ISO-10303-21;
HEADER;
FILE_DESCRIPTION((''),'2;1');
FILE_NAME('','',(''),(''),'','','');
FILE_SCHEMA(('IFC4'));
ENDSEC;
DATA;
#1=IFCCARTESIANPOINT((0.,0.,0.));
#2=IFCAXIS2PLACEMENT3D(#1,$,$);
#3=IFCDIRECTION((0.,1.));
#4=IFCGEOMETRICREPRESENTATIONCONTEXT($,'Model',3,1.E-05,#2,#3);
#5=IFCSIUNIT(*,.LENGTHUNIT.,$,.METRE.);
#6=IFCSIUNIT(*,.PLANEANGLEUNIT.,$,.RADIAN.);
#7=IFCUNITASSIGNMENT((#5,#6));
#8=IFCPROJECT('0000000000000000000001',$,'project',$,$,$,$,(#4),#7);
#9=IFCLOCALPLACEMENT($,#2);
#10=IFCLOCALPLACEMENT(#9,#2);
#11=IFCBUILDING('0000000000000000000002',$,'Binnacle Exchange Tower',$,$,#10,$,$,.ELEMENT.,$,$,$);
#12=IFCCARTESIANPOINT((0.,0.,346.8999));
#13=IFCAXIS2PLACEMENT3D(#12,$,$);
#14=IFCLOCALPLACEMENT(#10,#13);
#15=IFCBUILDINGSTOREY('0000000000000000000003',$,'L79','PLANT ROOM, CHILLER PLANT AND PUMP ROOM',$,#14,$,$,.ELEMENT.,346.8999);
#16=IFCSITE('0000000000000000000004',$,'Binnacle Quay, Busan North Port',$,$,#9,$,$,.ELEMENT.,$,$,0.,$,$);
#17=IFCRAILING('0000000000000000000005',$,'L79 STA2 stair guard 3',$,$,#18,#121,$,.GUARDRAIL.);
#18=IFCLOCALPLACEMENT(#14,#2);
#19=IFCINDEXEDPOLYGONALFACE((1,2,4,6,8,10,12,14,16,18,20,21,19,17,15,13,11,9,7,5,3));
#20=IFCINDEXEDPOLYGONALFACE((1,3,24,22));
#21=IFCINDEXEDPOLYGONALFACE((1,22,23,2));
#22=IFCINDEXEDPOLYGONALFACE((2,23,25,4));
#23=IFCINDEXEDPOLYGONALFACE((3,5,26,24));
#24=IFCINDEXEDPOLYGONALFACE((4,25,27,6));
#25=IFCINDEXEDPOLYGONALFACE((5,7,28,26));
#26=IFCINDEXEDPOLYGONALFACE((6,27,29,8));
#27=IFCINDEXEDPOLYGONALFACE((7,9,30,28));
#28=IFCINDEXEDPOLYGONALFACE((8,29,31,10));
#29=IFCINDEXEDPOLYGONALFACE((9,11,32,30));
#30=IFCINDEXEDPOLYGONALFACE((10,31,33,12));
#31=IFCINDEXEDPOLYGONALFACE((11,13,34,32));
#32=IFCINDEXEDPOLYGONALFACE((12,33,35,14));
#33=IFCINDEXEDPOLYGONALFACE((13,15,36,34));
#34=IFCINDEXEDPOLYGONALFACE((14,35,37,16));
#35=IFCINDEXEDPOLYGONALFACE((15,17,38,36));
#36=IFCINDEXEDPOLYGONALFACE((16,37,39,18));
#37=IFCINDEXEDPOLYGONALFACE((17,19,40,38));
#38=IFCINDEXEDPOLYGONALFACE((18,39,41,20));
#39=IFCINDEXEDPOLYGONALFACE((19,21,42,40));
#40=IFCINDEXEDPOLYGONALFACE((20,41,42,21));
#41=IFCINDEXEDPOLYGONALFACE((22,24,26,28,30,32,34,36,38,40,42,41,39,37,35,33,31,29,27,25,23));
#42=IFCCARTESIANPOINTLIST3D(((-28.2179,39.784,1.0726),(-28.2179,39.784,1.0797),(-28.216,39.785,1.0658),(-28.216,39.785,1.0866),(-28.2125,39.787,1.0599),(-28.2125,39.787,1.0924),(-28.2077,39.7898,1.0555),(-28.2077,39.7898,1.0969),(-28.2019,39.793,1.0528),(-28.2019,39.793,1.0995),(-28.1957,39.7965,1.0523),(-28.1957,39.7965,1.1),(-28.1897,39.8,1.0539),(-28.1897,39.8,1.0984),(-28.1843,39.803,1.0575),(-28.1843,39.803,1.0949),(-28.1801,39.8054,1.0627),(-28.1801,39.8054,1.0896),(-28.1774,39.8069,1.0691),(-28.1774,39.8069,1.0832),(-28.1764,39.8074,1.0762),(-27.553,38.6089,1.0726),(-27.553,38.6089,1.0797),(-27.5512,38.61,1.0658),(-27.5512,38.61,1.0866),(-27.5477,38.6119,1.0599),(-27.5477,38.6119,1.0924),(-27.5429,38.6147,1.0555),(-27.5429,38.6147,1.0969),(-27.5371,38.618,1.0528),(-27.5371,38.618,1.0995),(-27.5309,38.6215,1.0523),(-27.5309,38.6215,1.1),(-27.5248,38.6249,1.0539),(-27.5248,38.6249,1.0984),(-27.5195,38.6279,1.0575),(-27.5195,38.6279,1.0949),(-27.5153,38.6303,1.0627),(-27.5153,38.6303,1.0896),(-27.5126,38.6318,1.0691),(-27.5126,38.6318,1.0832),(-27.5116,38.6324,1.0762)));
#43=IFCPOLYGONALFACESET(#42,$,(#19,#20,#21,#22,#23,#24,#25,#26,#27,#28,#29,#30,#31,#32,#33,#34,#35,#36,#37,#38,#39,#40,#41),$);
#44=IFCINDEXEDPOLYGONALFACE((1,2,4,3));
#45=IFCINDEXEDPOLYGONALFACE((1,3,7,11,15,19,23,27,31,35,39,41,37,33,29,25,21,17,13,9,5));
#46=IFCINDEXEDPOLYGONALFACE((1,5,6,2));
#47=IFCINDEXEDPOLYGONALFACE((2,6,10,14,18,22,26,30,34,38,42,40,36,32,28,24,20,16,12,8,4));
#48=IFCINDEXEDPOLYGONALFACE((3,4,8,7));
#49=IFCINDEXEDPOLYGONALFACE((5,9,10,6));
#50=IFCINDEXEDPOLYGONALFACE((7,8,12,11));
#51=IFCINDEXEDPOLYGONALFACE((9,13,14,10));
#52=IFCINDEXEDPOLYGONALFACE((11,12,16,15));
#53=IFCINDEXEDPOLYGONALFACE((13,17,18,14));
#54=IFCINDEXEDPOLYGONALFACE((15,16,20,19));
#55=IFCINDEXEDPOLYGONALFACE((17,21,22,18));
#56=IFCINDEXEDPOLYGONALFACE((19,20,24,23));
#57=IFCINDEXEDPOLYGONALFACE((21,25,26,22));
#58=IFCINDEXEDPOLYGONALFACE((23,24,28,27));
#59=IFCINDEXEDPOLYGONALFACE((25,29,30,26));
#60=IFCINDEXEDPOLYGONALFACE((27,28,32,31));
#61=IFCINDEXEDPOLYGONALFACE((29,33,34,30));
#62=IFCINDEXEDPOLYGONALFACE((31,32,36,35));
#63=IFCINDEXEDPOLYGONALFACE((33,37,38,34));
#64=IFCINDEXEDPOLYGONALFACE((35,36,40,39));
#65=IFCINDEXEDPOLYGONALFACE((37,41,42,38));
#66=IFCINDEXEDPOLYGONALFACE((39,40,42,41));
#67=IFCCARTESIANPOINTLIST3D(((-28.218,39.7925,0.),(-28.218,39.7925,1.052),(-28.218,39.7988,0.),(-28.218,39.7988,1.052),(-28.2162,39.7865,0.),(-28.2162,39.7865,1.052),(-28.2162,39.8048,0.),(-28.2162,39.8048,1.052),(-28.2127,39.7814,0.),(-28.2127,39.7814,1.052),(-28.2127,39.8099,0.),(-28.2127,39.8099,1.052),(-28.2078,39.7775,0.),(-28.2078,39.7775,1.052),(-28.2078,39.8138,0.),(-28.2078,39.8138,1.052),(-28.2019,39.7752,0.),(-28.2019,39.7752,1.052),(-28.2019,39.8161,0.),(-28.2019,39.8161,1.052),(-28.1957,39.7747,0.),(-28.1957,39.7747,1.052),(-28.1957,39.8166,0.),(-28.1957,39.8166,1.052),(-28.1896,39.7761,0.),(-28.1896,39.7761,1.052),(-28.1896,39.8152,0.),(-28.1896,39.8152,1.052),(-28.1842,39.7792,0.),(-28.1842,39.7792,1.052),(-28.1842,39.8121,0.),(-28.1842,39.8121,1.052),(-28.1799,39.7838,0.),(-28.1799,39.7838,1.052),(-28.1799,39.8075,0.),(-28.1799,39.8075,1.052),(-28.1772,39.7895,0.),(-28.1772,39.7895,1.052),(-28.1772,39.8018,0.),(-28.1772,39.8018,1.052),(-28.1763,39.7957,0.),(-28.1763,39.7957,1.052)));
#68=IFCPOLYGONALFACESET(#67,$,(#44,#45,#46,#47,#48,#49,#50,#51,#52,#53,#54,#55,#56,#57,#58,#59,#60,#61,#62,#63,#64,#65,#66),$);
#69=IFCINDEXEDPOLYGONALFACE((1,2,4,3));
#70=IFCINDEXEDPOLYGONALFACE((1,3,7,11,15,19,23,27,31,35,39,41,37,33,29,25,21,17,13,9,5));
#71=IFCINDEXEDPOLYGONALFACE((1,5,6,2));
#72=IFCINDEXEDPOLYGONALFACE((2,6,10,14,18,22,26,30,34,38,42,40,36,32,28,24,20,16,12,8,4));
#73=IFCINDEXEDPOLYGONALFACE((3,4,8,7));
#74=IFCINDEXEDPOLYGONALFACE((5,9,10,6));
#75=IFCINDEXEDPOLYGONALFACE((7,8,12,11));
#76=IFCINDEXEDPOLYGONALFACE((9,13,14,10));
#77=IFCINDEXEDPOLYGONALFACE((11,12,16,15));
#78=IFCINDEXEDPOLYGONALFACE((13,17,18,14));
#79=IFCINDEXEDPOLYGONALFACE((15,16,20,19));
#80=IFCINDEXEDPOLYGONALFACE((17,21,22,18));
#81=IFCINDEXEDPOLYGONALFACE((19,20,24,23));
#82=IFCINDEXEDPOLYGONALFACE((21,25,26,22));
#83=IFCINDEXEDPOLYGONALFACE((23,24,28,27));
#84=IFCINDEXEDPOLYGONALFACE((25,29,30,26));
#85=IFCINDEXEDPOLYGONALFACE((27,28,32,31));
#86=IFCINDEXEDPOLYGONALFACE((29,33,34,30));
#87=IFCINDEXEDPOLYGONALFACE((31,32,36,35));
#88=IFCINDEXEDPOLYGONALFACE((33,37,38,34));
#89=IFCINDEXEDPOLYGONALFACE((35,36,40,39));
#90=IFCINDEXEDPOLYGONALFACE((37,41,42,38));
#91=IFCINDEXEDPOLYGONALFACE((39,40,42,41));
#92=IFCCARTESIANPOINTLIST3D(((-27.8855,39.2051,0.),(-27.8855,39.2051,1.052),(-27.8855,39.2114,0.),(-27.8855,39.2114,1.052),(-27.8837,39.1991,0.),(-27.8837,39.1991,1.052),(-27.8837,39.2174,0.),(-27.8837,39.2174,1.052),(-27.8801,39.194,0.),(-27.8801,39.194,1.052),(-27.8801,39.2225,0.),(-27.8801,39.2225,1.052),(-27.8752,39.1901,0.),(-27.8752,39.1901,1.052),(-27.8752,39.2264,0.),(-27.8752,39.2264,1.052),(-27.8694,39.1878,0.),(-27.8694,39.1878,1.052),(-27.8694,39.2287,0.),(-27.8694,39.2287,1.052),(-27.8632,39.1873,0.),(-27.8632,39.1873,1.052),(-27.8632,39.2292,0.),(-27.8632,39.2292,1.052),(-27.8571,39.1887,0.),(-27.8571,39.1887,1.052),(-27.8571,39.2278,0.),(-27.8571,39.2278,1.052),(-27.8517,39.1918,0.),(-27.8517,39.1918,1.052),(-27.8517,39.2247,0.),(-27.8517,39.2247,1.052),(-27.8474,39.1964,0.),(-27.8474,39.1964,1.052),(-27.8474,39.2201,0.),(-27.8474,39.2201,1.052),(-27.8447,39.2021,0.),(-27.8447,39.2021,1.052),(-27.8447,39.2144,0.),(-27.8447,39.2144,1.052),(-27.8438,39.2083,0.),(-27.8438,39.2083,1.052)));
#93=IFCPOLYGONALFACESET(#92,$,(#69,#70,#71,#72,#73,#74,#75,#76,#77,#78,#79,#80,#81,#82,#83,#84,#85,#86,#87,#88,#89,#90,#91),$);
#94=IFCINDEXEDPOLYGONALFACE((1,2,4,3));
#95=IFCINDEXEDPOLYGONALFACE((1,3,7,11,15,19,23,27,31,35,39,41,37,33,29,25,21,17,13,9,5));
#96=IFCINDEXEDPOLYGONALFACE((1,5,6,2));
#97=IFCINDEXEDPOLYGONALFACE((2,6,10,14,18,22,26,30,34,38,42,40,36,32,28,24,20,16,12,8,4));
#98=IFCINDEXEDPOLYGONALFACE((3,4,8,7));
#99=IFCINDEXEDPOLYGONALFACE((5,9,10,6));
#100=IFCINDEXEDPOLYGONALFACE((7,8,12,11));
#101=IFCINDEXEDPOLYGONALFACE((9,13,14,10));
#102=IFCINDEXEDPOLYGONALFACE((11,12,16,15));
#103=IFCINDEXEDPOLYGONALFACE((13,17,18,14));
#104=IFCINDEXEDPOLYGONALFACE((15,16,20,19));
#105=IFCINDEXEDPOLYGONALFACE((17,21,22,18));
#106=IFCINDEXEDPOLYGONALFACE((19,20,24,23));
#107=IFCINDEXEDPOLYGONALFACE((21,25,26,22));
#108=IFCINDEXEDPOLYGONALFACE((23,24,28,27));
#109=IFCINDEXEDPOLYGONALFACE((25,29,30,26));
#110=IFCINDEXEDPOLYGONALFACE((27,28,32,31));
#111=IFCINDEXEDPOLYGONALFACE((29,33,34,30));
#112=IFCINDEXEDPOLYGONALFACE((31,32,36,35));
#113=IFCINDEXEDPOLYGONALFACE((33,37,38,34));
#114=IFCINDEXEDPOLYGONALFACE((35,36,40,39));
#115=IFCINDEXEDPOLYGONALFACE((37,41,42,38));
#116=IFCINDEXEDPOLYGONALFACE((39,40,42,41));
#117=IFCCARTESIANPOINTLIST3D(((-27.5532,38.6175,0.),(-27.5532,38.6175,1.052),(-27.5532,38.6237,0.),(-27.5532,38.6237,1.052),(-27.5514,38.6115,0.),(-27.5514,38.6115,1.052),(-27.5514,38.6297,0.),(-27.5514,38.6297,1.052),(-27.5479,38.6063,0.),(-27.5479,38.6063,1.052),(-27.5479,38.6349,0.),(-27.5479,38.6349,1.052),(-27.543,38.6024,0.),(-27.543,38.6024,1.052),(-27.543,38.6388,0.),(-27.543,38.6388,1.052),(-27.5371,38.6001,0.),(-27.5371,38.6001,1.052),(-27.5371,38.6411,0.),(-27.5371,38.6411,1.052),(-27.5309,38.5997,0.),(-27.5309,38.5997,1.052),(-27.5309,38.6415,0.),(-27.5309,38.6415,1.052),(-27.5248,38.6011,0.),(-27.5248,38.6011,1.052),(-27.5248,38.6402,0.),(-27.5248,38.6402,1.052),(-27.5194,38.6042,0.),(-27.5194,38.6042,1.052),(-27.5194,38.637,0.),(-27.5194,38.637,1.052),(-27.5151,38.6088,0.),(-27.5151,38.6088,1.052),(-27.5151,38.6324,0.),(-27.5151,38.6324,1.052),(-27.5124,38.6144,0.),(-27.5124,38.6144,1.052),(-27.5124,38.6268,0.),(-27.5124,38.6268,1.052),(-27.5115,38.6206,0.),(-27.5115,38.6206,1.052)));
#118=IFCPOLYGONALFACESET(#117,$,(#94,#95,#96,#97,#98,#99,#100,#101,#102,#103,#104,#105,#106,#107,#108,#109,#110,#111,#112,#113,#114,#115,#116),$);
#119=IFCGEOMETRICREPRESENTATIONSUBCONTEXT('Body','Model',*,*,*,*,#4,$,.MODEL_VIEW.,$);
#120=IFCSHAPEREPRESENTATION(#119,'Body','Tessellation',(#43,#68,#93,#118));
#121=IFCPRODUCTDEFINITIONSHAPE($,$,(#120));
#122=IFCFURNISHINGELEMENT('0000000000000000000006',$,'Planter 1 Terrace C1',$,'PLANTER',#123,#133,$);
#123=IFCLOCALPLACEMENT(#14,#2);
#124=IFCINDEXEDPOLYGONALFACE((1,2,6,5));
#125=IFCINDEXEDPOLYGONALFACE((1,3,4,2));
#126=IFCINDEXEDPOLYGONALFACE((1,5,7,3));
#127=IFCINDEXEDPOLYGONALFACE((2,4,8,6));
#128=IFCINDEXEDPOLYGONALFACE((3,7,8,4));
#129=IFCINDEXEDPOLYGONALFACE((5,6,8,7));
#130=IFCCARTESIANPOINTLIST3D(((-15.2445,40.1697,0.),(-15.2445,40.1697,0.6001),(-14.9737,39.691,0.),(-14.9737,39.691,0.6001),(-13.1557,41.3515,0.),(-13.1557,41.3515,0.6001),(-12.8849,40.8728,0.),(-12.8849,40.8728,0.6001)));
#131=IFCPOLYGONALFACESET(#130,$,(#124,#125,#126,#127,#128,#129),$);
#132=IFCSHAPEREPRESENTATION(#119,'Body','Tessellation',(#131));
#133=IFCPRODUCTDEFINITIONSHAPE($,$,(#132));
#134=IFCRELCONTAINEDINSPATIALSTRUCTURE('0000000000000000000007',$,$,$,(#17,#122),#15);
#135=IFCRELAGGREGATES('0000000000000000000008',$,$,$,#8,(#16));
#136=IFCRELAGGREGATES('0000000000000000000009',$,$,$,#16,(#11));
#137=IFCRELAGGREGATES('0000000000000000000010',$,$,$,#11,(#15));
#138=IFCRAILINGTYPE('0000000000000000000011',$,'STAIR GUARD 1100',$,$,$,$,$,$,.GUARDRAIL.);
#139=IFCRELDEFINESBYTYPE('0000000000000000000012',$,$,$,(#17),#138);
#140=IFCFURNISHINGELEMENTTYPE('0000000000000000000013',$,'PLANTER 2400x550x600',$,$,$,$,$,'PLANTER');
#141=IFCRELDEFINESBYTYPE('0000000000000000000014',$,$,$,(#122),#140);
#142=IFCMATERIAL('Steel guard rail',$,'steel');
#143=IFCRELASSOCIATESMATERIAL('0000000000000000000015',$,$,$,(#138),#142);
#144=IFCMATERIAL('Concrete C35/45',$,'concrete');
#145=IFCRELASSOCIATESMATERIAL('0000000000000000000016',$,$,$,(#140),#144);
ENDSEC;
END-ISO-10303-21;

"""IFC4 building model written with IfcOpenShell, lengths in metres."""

from ifc_helpers import new_model, si_unit, direction, frame, origin, origin_2d, place, context, subcontext, project, spatial, rectangle, circle, extrude, material, type_object, element, save


model = new_model("IFC4")

# Units and contexts
model_context = context("Model", 3, precision=1e-05, world=origin(), true_north=direction((0.0, 1.0)))
body_context = subcontext(model_context, "Body", "Model", "MODEL_VIEW")
ifc_project = project(units=[si_unit("LENGTHUNIT", "METRE"), si_unit("PLANEANGLEUNIT", "RADIAN")], contexts=[model_context])

# Site, building, storey
site_placement = place(None, origin())
site = spatial("IfcSite", under=ifc_project, at=site_placement, Name="Binnacle Quay, Busan North Port", CompositionType="ELEMENT", RefElevation=0.0)
building_placement = place(site_placement, origin())
building = spatial("IfcBuilding", under=site, at=building_placement, Name="Binnacle Exchange Tower", CompositionType="ELEMENT")
storey_placement = place(building_placement, frame((0.0, 0.0, 346.8999)))
storey = spatial("IfcBuildingStorey", under=building, at=storey_placement, Name="L79", Description="PLANT ROOM, CHILLER PLANT AND PUMP ROOM", CompositionType="ELEMENT", Elevation=346.8999)

# Shared definitions
ifc_material_1 = material(Name="Concrete C35/45", Category="concrete")

# Railing
ifc_material_2 = material(Name="Steel guard rail", Category="steel")
railing_type_1 = type_object("IfcRailingType", Name="STAIR GUARD 1100", PredefinedType="GUARDRAIL", material=ifc_material_2)
railing_1_placement = place(storey_placement, frame((-28.1973, 39.7957, 0.0)))
element("IfcRailing", 1, at=railing_1_placement, inside=storey, type_object=railing_type_1, Name="L79 STA2 stair guard 3", PredefinedType="GUARDRAIL", context=body_context, shape_type="SweptSolid", body=[
    extrude(circle(Radius=0.0239, at=origin_2d()), frame((0.0, 0.0, 1.0762), z_axis=(0.492415, -0.870361, 0.0), x_axis=(0.870361, 0.492415, 0.0)), (0.0, 0.0, 1.0), 1.3501),
    extrude(circle(Radius=0.021, at=origin_2d()), origin(), (0.0, 0.0, 1.0), 1.052),
    extrude(circle(Radius=0.021, at=origin_2d()), frame((0.3325, -0.5874, 0.0)), (0.0, 0.0, 1.0), 1.052),
    extrude(circle(Radius=0.021, at=origin_2d()), frame((0.6648, -1.175, 0.0)), (0.0, 0.0, 1.0), 1.052),
])

# Furnishing element
furnishing_element_type = type_object("IfcFurnishingElementType", Name="PLANTER 2400x550x600", ElementType="PLANTER", material=ifc_material_1)
furnishing_placement = place(storey_placement, frame((-14.0647, 40.5212, 0.0), z_axis=(0.0, 0.0, 1.0), x_axis=(0.870357, 0.492422, 0.0)))
element("IfcFurnishingElement", 2, at=furnishing_placement, inside=storey, type_object=furnishing_element_type, Name="Planter 1 Terrace C1", ObjectType="PLANTER", context=body_context, shape_type="SweptSolid", body=[
    extrude(rectangle(XDim=2.3999, YDim=0.55, at=origin_2d()), origin(), (0.0, 0.0, 1.0), 0.6001),
])

save(model, "model.ifc")
